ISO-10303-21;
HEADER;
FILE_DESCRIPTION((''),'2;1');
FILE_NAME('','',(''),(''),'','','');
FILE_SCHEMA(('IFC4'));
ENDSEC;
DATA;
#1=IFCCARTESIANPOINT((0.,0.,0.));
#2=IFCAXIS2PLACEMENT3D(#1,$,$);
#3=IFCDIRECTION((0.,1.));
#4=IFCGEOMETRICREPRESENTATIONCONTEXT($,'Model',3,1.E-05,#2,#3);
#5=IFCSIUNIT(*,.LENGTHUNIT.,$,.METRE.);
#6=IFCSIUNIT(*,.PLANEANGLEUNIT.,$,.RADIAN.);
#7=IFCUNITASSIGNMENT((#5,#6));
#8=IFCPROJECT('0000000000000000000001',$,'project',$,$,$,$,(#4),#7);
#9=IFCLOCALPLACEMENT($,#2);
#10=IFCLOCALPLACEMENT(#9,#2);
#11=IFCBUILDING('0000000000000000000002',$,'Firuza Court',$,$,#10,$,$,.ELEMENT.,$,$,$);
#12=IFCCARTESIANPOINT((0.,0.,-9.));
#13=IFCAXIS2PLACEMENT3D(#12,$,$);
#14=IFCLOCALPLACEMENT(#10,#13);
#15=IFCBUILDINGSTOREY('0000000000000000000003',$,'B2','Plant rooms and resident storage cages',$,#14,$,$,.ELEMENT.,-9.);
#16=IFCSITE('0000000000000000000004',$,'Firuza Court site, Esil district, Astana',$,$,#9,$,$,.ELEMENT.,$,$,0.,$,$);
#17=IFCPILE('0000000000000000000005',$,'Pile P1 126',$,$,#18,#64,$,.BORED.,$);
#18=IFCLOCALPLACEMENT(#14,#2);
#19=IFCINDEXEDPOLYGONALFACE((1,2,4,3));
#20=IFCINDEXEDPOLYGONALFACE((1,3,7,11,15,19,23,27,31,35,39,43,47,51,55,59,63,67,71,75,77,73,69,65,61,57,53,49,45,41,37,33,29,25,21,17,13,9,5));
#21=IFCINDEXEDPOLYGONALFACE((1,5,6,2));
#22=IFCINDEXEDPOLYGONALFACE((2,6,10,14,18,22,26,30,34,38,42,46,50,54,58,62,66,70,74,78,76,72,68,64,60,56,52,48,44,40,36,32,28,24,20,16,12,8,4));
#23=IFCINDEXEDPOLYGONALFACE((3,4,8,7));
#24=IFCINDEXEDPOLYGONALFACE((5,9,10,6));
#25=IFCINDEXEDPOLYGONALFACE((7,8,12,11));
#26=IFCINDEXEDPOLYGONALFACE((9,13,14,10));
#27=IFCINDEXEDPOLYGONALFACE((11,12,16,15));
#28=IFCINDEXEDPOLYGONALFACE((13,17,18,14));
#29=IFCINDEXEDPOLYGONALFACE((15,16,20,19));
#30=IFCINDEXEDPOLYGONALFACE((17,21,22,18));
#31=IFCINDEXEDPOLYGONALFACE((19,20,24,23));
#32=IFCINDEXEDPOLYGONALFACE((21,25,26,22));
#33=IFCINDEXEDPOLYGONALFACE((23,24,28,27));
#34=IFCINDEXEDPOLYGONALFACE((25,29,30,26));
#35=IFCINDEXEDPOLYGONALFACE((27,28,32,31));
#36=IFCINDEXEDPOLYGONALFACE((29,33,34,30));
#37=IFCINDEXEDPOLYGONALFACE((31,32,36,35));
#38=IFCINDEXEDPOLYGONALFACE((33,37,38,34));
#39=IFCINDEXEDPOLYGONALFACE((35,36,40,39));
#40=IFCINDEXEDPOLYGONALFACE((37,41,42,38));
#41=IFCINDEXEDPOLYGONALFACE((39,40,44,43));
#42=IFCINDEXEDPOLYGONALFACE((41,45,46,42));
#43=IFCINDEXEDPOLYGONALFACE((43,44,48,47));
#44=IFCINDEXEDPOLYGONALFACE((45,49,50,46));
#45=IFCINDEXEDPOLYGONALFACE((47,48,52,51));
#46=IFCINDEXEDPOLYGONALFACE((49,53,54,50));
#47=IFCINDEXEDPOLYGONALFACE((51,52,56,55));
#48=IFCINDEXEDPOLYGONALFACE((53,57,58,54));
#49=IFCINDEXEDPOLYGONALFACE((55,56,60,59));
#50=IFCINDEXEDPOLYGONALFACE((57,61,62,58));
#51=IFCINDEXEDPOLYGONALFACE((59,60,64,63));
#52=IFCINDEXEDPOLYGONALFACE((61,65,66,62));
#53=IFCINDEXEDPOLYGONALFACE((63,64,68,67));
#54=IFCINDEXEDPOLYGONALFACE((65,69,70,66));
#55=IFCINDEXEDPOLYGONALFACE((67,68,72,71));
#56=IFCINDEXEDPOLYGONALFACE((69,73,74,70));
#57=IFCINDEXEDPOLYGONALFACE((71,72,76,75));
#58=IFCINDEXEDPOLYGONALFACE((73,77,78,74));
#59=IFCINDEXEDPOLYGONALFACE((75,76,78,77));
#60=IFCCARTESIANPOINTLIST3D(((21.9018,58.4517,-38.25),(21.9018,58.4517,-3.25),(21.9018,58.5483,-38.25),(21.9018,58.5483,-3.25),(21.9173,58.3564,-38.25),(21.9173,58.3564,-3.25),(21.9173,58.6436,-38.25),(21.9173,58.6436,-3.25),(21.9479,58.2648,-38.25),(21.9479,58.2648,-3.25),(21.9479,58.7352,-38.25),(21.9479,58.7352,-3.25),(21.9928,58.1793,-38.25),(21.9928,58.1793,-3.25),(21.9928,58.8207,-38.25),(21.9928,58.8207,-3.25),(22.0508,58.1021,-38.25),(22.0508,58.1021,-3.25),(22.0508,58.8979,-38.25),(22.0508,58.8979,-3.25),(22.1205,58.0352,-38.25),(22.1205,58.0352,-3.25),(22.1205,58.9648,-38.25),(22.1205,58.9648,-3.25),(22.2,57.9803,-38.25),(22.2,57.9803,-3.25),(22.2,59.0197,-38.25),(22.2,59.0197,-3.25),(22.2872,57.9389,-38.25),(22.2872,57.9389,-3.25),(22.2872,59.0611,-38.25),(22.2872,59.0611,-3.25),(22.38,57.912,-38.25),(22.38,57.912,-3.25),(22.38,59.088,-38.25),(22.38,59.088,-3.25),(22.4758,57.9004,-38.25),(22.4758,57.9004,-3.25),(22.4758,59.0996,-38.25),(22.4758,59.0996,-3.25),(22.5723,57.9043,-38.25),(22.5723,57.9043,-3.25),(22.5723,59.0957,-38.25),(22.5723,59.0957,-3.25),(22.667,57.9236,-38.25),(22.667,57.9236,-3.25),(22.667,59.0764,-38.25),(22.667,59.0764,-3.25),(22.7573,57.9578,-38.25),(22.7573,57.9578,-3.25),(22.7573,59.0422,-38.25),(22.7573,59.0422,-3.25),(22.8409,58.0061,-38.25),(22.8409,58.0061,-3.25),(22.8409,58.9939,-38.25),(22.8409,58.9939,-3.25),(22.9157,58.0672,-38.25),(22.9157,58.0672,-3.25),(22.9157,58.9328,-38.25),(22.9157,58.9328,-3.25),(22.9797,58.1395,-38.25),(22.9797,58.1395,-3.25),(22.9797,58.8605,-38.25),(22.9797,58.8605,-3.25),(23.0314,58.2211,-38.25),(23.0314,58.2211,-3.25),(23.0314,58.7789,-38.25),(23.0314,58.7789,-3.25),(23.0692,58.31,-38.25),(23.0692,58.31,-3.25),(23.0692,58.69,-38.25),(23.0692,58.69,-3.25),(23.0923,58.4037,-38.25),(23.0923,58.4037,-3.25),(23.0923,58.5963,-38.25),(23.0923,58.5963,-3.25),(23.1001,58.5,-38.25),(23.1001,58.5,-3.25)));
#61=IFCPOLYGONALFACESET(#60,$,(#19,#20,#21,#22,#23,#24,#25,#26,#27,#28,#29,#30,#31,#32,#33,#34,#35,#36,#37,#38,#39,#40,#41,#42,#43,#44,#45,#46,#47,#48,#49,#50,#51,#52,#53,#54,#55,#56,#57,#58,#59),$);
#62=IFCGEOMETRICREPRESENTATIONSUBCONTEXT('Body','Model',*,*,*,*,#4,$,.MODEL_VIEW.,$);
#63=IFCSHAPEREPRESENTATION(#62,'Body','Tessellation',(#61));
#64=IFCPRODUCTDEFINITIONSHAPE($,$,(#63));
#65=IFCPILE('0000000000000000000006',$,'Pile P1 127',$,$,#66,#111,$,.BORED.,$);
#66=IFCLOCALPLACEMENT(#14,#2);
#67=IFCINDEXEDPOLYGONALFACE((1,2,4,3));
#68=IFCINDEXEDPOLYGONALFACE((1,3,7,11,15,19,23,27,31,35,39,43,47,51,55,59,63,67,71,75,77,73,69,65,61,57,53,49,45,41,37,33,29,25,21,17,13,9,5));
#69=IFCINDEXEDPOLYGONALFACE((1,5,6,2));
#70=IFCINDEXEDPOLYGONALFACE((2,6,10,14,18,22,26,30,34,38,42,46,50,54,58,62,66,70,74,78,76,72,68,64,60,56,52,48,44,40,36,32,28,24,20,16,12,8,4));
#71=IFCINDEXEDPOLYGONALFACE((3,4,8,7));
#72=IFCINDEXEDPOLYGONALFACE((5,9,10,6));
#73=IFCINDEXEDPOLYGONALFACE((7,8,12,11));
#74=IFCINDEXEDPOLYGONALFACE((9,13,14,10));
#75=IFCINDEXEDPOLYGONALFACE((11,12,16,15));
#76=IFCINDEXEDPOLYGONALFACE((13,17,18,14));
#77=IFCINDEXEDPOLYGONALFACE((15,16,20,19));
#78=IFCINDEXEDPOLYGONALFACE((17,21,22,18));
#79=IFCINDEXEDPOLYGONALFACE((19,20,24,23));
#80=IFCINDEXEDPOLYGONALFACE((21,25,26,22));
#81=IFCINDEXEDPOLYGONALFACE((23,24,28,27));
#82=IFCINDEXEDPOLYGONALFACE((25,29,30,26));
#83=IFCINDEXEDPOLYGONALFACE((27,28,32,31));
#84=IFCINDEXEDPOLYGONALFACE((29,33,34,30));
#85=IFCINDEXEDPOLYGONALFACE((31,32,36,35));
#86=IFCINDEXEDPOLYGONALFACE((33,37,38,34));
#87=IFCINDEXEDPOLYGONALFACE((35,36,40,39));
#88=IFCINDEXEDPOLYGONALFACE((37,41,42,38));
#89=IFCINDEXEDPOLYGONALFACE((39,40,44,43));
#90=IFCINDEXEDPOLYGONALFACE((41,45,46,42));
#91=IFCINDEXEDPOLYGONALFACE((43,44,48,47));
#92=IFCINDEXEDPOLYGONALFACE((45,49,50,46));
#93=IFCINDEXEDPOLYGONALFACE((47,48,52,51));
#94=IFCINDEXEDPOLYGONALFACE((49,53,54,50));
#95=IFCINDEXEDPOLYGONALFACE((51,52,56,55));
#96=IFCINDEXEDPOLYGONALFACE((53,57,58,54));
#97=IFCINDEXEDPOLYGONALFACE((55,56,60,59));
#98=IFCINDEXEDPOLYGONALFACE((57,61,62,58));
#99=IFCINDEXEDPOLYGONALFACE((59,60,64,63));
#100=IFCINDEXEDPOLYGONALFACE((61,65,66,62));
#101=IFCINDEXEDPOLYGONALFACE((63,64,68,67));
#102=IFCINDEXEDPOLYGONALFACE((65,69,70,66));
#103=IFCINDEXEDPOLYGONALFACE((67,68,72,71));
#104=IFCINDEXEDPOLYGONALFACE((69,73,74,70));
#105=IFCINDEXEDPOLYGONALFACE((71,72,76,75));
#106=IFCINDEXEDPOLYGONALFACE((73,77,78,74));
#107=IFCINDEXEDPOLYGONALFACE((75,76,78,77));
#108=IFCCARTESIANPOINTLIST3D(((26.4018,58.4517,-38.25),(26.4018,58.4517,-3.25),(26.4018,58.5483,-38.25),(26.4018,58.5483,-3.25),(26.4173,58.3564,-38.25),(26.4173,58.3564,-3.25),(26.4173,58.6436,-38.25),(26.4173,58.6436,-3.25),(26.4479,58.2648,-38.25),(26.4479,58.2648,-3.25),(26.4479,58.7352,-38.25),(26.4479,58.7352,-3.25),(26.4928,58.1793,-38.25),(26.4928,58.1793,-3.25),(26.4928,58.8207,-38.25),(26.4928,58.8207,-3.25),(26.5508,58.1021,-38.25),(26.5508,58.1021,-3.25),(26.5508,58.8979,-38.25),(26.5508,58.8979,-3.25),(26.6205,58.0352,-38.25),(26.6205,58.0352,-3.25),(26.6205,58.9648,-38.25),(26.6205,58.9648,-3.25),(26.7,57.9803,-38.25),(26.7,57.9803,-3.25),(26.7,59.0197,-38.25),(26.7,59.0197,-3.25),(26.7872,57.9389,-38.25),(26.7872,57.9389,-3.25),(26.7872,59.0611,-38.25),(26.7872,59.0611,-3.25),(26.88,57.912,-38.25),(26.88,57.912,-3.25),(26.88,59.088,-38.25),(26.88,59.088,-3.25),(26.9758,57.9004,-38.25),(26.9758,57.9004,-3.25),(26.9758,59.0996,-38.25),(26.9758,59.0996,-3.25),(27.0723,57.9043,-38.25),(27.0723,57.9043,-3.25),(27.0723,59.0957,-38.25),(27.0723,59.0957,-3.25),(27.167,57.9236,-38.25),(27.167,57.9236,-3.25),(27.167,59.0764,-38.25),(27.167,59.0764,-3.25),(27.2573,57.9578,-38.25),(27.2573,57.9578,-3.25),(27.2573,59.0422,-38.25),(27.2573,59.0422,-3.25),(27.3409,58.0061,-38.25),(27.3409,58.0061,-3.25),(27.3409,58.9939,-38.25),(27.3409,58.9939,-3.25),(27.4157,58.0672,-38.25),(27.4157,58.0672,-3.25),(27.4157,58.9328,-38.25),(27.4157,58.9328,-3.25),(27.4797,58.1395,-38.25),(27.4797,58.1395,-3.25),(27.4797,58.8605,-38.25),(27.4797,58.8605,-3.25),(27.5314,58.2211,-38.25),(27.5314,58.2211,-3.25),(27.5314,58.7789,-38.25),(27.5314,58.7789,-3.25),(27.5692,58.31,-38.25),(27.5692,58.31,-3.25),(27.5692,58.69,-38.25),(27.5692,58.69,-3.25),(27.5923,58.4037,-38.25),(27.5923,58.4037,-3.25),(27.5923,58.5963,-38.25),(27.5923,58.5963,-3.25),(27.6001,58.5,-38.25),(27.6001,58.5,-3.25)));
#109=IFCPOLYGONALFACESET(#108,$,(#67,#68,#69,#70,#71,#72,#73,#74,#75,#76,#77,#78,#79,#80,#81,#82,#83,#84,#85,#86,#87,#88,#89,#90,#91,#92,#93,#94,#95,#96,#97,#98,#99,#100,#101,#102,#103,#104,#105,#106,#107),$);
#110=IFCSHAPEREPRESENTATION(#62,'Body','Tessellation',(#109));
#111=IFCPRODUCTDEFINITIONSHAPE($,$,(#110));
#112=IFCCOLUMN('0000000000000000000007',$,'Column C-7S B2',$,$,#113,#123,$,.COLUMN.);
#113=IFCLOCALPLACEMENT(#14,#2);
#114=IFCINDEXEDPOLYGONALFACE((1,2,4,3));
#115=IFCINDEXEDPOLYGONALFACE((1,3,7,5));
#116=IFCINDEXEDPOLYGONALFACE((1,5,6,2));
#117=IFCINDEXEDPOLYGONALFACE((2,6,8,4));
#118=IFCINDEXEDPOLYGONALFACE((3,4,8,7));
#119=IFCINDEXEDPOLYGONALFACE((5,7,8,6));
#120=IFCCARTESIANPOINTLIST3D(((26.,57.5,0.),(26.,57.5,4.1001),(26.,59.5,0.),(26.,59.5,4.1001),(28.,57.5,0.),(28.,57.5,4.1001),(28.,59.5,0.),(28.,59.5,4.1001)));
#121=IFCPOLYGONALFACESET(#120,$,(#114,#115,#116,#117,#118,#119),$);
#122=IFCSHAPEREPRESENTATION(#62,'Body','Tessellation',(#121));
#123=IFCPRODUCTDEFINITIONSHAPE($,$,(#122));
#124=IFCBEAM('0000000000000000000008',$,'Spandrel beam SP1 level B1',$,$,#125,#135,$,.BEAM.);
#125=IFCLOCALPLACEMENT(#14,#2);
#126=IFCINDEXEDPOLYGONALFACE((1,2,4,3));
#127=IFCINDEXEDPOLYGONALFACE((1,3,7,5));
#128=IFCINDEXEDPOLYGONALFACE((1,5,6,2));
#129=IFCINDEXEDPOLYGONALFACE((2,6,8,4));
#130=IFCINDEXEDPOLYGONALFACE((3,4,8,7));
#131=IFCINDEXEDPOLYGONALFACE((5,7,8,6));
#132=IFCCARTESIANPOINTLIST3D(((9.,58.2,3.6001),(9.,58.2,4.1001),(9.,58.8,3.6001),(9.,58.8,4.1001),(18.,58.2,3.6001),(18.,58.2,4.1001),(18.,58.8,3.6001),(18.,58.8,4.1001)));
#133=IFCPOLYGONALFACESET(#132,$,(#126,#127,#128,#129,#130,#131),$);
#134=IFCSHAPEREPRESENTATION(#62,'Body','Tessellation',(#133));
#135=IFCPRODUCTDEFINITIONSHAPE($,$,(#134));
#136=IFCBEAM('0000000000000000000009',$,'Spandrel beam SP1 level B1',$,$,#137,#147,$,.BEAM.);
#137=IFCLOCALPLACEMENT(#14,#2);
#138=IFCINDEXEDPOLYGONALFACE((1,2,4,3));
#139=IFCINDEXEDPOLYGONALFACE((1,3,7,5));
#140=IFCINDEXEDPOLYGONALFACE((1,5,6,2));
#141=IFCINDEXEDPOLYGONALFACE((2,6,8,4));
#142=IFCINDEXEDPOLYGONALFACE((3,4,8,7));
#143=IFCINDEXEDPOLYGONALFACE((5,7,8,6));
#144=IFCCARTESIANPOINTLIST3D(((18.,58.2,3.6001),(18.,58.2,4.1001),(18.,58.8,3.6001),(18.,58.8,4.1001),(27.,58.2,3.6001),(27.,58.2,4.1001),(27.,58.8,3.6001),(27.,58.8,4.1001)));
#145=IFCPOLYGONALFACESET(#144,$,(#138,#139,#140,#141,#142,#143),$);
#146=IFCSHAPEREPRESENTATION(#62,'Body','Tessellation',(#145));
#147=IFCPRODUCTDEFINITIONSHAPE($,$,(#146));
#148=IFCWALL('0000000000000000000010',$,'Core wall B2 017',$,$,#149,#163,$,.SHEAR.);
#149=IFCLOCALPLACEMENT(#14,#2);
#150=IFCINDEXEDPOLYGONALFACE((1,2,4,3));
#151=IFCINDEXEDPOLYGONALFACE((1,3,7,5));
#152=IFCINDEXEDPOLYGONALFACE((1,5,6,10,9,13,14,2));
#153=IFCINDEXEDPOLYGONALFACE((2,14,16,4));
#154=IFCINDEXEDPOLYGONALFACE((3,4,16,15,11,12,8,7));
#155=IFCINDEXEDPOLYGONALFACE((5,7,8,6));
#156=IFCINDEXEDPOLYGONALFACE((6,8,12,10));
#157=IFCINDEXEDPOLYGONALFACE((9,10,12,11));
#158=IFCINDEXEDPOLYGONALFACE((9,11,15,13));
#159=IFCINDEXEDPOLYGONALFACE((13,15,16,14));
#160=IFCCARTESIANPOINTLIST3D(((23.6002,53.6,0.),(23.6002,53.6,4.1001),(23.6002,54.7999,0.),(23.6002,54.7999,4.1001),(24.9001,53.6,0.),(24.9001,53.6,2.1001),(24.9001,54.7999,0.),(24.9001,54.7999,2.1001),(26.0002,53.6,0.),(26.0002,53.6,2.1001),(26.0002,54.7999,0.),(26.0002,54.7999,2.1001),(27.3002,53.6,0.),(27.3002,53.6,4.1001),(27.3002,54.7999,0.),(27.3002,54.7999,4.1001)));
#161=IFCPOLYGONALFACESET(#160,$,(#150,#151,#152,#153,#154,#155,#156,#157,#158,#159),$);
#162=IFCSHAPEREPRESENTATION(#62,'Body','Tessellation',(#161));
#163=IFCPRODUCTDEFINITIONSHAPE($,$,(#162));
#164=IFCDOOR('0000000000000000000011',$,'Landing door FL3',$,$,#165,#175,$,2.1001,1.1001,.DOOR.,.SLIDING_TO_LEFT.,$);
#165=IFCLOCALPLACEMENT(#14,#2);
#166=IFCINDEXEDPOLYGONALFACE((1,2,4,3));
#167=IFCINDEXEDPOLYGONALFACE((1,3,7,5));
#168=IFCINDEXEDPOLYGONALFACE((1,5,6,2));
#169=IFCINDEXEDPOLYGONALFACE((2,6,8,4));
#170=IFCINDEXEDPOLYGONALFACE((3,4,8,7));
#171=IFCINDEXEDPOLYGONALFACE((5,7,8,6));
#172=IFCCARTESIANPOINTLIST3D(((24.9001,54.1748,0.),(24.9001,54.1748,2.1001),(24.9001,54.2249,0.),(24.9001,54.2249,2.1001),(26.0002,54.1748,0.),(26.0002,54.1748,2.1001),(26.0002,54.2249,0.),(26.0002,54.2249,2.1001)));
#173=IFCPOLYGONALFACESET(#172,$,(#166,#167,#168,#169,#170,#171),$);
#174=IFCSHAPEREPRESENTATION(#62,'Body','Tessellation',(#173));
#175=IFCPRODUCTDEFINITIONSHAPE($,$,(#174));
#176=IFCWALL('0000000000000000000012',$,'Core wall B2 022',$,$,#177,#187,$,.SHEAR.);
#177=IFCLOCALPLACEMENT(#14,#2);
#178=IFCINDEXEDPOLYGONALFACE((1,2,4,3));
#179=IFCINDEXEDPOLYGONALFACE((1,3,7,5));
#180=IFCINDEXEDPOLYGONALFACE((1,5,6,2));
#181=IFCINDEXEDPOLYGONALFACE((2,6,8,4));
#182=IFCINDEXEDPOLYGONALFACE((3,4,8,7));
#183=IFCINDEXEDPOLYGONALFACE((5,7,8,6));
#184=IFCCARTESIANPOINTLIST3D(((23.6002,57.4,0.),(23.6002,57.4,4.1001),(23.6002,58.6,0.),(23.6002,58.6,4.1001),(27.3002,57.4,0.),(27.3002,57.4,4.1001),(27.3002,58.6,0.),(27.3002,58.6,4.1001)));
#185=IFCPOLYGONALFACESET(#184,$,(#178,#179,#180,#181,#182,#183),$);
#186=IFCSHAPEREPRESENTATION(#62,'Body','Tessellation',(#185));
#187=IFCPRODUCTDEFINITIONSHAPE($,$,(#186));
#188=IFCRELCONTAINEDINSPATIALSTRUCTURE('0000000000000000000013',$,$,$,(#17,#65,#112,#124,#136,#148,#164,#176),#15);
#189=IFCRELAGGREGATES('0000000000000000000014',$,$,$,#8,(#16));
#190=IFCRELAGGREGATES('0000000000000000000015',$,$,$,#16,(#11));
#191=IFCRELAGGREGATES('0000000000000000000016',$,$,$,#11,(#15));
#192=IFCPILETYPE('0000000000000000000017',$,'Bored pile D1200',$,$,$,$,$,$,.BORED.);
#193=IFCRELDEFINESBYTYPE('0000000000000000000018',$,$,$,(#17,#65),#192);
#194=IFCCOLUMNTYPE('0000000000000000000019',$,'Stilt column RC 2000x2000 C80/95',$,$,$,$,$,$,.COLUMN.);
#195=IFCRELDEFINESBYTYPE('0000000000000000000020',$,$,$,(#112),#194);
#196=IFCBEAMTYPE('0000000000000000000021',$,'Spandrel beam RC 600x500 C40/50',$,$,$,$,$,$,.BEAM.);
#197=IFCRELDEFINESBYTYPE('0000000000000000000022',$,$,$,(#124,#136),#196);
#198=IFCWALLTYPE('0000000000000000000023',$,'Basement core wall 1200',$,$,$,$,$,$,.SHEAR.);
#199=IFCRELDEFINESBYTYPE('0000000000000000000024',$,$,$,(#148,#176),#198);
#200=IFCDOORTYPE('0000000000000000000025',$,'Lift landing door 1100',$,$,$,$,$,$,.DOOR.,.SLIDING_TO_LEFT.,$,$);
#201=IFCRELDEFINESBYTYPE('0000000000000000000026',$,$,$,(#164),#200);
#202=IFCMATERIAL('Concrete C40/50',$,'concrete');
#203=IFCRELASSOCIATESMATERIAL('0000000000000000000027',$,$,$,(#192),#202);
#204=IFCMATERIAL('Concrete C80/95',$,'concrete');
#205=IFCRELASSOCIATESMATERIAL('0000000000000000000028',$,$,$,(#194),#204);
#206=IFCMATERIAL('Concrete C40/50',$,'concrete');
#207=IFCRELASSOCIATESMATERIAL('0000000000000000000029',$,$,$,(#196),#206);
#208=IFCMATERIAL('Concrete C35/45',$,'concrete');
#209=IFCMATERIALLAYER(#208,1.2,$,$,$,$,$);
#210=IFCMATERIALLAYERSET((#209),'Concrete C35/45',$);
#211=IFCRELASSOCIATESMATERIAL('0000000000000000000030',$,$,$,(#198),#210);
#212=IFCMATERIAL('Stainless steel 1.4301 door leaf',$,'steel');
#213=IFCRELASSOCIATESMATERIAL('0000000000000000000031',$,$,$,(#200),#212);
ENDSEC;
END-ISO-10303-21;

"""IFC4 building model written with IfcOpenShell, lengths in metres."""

from ifc_helpers import new_model, si_unit, direction, frame, frame_2d, origin, origin_2d, place, context, subcontext, project, spatial, rectangle, circle, extrude, material, layer, layer_set, material_profile, profile_set, type_object, element, fill, save


model = new_model("IFC4")

# Units and contexts
model_context = context("Model", 3, precision=1e-05, world=origin(), true_north=direction((0.0, 1.0)))
body_context = subcontext(model_context, "Body", "Model", "MODEL_VIEW")
ifc_project = project(units=[si_unit("LENGTHUNIT", "METRE"), si_unit("PLANEANGLEUNIT", "RADIAN")], contexts=[model_context])

# Site, building, storey
site_placement = place(None, origin())
site = spatial("IfcSite", under=ifc_project, at=site_placement, Name="Firuza Court site, Esil district, Astana", CompositionType="ELEMENT", RefElevation=0.0)
building_placement = place(site_placement, origin())
building = spatial("IfcBuilding", under=site, at=building_placement, Name="Firuza Court", CompositionType="ELEMENT")
storey_placement = place(building_placement, frame((0.0, 0.0, -9.0)))
storey = spatial("IfcBuildingStorey", under=building, at=storey_placement, Name="B2", Description="Plant rooms and resident storage cages", CompositionType="ELEMENT", Elevation=-9.0)

# Piles
ifc_material_1 = material(Name="Concrete C40/50", Category="concrete")
ifc_material_profile_1 = material_profile(ifc_material_1, circle(Radius=0.6001, at=origin_2d()), Name="Pile D1200")
ifc_profile_set_1 = profile_set([ifc_material_profile_1], Name="Concrete C40/50")
pile_type = type_object("IfcPileType", Name="Bored pile D1200", PredefinedType="BORED", material=ifc_profile_set_1)
for number, where, z_axis, x_axis, name in (
    (1, (22.5, 58.5, -3.25), (0.0, 0.0, -1.0), (1.0, 0.0, 0.0), "Pile P1 126"),
    (2, (27.0, 58.5, -3.25), (0.0, 0.0, -1.0), (1.0, 0.0, 0.0), "Pile P1 127"),
):
    element("IfcPile", number, at=place(storey_placement, frame(where, z_axis=z_axis, x_axis=x_axis)), inside=storey, type_object=pile_type, Name=name, PredefinedType="BORED", context=body_context, shape_type="SweptSolid", body=[
        extrude(circle(Radius=0.6001, at=origin_2d()), origin(), (0.0, 0.0, 1.0), 35.0),
    ])

# Column
ifc_material_2 = material(Name="Concrete C80/95", Category="concrete")
ifc_material_profile_2 = material_profile(ifc_material_2, rectangle(XDim=2.0, YDim=2.0, at=origin_2d()), Name="RC 2000x2000")
ifc_profile_set_2 = profile_set([ifc_material_profile_2], Name="Concrete C80/95")
column_type = type_object("IfcColumnType", Name="Stilt column RC 2000x2000 C80/95", PredefinedType="COLUMN", material=ifc_profile_set_2)
column_placement = place(storey_placement, frame((27.0, 58.5, 0.0), z_axis=(0.0, 0.0, 1.0), x_axis=(1.0, 0.0, 0.0)))
element("IfcColumn", 3, at=column_placement, inside=storey, type_object=column_type, Name="Column C-7S B2", PredefinedType="COLUMN", context=body_context, shape_type="SweptSolid", body=[
    extrude(rectangle(XDim=2.0, YDim=2.0, at=origin_2d()), origin(), (0.0, 0.0, 1.0), 4.1001),
])

# Beams
ifc_material_3 = material(Name="Concrete C40/50", Category="concrete")
ifc_material_profile_3 = material_profile(ifc_material_3, rectangle(XDim=0.6001, YDim=0.5, at=origin_2d()), Name="RC 600x500")
ifc_profile_set_3 = profile_set([ifc_material_profile_3], Name="Concrete C40/50")
beam_type = type_object("IfcBeamType", Name="Spandrel beam RC 600x500 C40/50", PredefinedType="BEAM", material=ifc_profile_set_3)
for number, where, z_axis, x_axis, name in (
    (4, (18.0, 58.5, 3.8501), (-1.0, 0.0, 0.0), (0.0, -1.0, 0.0), "Spandrel beam SP1 level B1"),
    (5, (27.0, 58.5, 3.8501), (-1.0, 0.0, 0.0), (0.0, -1.0, 0.0), "Spandrel beam SP1 level B1"),
):
    element("IfcBeam", number, at=place(storey_placement, frame(where, z_axis=z_axis, x_axis=x_axis)), inside=storey, type_object=beam_type, Name=name, PredefinedType="BEAM", context=body_context, shape_type="SweptSolid", body=[
        extrude(rectangle(XDim=0.6001, YDim=0.5, at=origin_2d()), origin(), (0.0, 0.0, 1.0), 9.0),
    ])

# Wall, opening, door
ifc_material_4 = material(Name="Concrete C35/45", Category="concrete")
ifc_layer_1 = layer(ifc_material_4, 1.2)
ifc_layer_set_1 = layer_set([ifc_layer_1], Name="Concrete C35/45")
wall_type_1 = type_object("IfcWallType", Name="Basement core wall 1200", PredefinedType="SHEAR", material=ifc_layer_set_1)
wall_1_placement = place(storey_placement, frame((23.6001, 54.2, 0.0), z_axis=(0.0, 0.0, 1.0), x_axis=(1.0, 0.0, 0.0)))
wall_1 = element("IfcWall", 6, at=wall_1_placement, inside=storey, type_object=wall_type_1, Name="Core wall B2 017", PredefinedType="SHEAR", context=body_context, shape_type="SweptSolid", body=[
    extrude(rectangle(XDim=3.7, YDim=1.2, at=frame_2d((1.8501, 0.0))), origin(), (0.0, 0.0, 1.0), 4.1001),
])
opening_1_placement = place(wall_1_placement, frame((1.3, 0.0, 0.0)))
opening_1 = element("IfcOpeningElement", 7, at=opening_1_placement, cuts=wall_1, PredefinedType="OPENING", context=body_context, shape_type="SweptSolid", body=[
    extrude(rectangle(XDim=1.1001, YDim=2.1001, at=frame_2d((0.55, 1.05))), frame((0.0, 0.6118, 0.0), z_axis=(0.0, -1.0, 0.0), x_axis=(1.0, 0.0, 0.0)), (0.0, 0.0, 1.0), 1.2239),
])
ifc_material_5 = material(Name="Stainless steel 1.4301 door leaf", Category="steel")
door_type_1 = type_object("IfcDoorType", Name="Lift landing door 1100", OperationType="SLIDING_TO_LEFT", PredefinedType="DOOR", material=ifc_material_5)
door_1_placement = place(opening_1_placement, origin())
door_1 = element("IfcDoor", 8, at=door_1_placement, inside=storey, type_object=door_type_1, Name="Landing door FL3", OperationType="SLIDING_TO_LEFT", OverallHeight=2.1001, OverallWidth=1.1001, PredefinedType="DOOR", context=body_context, shape_type="SweptSolid", body=[
    extrude(rectangle(XDim=1.1001, YDim=2.1001, at=frame_2d((0.55, 1.05))), frame((0.0, 0.0249, 0.0), z_axis=(0.0, -1.0, 0.0), x_axis=(1.0, 0.0, 0.0)), (0.0, 0.0, 1.0), 0.05),
])
fill(opening_1, door_1)

# Wall
wall_2_placement = place(storey_placement, frame((23.6001, 58.0, 0.0), z_axis=(0.0, 0.0, 1.0), x_axis=(1.0, 0.0, 0.0)))
element("IfcWall", 9, at=wall_2_placement, inside=storey, type_object=wall_type_1, Name="Core wall B2 022", PredefinedType="SHEAR", context=body_context, shape_type="SweptSolid", body=[
    extrude(rectangle(XDim=3.7, YDim=1.2, at=frame_2d((1.8501, 0.0))), origin(), (0.0, 0.0, 1.0), 4.1001),
])

save(model, "model.ifc")
